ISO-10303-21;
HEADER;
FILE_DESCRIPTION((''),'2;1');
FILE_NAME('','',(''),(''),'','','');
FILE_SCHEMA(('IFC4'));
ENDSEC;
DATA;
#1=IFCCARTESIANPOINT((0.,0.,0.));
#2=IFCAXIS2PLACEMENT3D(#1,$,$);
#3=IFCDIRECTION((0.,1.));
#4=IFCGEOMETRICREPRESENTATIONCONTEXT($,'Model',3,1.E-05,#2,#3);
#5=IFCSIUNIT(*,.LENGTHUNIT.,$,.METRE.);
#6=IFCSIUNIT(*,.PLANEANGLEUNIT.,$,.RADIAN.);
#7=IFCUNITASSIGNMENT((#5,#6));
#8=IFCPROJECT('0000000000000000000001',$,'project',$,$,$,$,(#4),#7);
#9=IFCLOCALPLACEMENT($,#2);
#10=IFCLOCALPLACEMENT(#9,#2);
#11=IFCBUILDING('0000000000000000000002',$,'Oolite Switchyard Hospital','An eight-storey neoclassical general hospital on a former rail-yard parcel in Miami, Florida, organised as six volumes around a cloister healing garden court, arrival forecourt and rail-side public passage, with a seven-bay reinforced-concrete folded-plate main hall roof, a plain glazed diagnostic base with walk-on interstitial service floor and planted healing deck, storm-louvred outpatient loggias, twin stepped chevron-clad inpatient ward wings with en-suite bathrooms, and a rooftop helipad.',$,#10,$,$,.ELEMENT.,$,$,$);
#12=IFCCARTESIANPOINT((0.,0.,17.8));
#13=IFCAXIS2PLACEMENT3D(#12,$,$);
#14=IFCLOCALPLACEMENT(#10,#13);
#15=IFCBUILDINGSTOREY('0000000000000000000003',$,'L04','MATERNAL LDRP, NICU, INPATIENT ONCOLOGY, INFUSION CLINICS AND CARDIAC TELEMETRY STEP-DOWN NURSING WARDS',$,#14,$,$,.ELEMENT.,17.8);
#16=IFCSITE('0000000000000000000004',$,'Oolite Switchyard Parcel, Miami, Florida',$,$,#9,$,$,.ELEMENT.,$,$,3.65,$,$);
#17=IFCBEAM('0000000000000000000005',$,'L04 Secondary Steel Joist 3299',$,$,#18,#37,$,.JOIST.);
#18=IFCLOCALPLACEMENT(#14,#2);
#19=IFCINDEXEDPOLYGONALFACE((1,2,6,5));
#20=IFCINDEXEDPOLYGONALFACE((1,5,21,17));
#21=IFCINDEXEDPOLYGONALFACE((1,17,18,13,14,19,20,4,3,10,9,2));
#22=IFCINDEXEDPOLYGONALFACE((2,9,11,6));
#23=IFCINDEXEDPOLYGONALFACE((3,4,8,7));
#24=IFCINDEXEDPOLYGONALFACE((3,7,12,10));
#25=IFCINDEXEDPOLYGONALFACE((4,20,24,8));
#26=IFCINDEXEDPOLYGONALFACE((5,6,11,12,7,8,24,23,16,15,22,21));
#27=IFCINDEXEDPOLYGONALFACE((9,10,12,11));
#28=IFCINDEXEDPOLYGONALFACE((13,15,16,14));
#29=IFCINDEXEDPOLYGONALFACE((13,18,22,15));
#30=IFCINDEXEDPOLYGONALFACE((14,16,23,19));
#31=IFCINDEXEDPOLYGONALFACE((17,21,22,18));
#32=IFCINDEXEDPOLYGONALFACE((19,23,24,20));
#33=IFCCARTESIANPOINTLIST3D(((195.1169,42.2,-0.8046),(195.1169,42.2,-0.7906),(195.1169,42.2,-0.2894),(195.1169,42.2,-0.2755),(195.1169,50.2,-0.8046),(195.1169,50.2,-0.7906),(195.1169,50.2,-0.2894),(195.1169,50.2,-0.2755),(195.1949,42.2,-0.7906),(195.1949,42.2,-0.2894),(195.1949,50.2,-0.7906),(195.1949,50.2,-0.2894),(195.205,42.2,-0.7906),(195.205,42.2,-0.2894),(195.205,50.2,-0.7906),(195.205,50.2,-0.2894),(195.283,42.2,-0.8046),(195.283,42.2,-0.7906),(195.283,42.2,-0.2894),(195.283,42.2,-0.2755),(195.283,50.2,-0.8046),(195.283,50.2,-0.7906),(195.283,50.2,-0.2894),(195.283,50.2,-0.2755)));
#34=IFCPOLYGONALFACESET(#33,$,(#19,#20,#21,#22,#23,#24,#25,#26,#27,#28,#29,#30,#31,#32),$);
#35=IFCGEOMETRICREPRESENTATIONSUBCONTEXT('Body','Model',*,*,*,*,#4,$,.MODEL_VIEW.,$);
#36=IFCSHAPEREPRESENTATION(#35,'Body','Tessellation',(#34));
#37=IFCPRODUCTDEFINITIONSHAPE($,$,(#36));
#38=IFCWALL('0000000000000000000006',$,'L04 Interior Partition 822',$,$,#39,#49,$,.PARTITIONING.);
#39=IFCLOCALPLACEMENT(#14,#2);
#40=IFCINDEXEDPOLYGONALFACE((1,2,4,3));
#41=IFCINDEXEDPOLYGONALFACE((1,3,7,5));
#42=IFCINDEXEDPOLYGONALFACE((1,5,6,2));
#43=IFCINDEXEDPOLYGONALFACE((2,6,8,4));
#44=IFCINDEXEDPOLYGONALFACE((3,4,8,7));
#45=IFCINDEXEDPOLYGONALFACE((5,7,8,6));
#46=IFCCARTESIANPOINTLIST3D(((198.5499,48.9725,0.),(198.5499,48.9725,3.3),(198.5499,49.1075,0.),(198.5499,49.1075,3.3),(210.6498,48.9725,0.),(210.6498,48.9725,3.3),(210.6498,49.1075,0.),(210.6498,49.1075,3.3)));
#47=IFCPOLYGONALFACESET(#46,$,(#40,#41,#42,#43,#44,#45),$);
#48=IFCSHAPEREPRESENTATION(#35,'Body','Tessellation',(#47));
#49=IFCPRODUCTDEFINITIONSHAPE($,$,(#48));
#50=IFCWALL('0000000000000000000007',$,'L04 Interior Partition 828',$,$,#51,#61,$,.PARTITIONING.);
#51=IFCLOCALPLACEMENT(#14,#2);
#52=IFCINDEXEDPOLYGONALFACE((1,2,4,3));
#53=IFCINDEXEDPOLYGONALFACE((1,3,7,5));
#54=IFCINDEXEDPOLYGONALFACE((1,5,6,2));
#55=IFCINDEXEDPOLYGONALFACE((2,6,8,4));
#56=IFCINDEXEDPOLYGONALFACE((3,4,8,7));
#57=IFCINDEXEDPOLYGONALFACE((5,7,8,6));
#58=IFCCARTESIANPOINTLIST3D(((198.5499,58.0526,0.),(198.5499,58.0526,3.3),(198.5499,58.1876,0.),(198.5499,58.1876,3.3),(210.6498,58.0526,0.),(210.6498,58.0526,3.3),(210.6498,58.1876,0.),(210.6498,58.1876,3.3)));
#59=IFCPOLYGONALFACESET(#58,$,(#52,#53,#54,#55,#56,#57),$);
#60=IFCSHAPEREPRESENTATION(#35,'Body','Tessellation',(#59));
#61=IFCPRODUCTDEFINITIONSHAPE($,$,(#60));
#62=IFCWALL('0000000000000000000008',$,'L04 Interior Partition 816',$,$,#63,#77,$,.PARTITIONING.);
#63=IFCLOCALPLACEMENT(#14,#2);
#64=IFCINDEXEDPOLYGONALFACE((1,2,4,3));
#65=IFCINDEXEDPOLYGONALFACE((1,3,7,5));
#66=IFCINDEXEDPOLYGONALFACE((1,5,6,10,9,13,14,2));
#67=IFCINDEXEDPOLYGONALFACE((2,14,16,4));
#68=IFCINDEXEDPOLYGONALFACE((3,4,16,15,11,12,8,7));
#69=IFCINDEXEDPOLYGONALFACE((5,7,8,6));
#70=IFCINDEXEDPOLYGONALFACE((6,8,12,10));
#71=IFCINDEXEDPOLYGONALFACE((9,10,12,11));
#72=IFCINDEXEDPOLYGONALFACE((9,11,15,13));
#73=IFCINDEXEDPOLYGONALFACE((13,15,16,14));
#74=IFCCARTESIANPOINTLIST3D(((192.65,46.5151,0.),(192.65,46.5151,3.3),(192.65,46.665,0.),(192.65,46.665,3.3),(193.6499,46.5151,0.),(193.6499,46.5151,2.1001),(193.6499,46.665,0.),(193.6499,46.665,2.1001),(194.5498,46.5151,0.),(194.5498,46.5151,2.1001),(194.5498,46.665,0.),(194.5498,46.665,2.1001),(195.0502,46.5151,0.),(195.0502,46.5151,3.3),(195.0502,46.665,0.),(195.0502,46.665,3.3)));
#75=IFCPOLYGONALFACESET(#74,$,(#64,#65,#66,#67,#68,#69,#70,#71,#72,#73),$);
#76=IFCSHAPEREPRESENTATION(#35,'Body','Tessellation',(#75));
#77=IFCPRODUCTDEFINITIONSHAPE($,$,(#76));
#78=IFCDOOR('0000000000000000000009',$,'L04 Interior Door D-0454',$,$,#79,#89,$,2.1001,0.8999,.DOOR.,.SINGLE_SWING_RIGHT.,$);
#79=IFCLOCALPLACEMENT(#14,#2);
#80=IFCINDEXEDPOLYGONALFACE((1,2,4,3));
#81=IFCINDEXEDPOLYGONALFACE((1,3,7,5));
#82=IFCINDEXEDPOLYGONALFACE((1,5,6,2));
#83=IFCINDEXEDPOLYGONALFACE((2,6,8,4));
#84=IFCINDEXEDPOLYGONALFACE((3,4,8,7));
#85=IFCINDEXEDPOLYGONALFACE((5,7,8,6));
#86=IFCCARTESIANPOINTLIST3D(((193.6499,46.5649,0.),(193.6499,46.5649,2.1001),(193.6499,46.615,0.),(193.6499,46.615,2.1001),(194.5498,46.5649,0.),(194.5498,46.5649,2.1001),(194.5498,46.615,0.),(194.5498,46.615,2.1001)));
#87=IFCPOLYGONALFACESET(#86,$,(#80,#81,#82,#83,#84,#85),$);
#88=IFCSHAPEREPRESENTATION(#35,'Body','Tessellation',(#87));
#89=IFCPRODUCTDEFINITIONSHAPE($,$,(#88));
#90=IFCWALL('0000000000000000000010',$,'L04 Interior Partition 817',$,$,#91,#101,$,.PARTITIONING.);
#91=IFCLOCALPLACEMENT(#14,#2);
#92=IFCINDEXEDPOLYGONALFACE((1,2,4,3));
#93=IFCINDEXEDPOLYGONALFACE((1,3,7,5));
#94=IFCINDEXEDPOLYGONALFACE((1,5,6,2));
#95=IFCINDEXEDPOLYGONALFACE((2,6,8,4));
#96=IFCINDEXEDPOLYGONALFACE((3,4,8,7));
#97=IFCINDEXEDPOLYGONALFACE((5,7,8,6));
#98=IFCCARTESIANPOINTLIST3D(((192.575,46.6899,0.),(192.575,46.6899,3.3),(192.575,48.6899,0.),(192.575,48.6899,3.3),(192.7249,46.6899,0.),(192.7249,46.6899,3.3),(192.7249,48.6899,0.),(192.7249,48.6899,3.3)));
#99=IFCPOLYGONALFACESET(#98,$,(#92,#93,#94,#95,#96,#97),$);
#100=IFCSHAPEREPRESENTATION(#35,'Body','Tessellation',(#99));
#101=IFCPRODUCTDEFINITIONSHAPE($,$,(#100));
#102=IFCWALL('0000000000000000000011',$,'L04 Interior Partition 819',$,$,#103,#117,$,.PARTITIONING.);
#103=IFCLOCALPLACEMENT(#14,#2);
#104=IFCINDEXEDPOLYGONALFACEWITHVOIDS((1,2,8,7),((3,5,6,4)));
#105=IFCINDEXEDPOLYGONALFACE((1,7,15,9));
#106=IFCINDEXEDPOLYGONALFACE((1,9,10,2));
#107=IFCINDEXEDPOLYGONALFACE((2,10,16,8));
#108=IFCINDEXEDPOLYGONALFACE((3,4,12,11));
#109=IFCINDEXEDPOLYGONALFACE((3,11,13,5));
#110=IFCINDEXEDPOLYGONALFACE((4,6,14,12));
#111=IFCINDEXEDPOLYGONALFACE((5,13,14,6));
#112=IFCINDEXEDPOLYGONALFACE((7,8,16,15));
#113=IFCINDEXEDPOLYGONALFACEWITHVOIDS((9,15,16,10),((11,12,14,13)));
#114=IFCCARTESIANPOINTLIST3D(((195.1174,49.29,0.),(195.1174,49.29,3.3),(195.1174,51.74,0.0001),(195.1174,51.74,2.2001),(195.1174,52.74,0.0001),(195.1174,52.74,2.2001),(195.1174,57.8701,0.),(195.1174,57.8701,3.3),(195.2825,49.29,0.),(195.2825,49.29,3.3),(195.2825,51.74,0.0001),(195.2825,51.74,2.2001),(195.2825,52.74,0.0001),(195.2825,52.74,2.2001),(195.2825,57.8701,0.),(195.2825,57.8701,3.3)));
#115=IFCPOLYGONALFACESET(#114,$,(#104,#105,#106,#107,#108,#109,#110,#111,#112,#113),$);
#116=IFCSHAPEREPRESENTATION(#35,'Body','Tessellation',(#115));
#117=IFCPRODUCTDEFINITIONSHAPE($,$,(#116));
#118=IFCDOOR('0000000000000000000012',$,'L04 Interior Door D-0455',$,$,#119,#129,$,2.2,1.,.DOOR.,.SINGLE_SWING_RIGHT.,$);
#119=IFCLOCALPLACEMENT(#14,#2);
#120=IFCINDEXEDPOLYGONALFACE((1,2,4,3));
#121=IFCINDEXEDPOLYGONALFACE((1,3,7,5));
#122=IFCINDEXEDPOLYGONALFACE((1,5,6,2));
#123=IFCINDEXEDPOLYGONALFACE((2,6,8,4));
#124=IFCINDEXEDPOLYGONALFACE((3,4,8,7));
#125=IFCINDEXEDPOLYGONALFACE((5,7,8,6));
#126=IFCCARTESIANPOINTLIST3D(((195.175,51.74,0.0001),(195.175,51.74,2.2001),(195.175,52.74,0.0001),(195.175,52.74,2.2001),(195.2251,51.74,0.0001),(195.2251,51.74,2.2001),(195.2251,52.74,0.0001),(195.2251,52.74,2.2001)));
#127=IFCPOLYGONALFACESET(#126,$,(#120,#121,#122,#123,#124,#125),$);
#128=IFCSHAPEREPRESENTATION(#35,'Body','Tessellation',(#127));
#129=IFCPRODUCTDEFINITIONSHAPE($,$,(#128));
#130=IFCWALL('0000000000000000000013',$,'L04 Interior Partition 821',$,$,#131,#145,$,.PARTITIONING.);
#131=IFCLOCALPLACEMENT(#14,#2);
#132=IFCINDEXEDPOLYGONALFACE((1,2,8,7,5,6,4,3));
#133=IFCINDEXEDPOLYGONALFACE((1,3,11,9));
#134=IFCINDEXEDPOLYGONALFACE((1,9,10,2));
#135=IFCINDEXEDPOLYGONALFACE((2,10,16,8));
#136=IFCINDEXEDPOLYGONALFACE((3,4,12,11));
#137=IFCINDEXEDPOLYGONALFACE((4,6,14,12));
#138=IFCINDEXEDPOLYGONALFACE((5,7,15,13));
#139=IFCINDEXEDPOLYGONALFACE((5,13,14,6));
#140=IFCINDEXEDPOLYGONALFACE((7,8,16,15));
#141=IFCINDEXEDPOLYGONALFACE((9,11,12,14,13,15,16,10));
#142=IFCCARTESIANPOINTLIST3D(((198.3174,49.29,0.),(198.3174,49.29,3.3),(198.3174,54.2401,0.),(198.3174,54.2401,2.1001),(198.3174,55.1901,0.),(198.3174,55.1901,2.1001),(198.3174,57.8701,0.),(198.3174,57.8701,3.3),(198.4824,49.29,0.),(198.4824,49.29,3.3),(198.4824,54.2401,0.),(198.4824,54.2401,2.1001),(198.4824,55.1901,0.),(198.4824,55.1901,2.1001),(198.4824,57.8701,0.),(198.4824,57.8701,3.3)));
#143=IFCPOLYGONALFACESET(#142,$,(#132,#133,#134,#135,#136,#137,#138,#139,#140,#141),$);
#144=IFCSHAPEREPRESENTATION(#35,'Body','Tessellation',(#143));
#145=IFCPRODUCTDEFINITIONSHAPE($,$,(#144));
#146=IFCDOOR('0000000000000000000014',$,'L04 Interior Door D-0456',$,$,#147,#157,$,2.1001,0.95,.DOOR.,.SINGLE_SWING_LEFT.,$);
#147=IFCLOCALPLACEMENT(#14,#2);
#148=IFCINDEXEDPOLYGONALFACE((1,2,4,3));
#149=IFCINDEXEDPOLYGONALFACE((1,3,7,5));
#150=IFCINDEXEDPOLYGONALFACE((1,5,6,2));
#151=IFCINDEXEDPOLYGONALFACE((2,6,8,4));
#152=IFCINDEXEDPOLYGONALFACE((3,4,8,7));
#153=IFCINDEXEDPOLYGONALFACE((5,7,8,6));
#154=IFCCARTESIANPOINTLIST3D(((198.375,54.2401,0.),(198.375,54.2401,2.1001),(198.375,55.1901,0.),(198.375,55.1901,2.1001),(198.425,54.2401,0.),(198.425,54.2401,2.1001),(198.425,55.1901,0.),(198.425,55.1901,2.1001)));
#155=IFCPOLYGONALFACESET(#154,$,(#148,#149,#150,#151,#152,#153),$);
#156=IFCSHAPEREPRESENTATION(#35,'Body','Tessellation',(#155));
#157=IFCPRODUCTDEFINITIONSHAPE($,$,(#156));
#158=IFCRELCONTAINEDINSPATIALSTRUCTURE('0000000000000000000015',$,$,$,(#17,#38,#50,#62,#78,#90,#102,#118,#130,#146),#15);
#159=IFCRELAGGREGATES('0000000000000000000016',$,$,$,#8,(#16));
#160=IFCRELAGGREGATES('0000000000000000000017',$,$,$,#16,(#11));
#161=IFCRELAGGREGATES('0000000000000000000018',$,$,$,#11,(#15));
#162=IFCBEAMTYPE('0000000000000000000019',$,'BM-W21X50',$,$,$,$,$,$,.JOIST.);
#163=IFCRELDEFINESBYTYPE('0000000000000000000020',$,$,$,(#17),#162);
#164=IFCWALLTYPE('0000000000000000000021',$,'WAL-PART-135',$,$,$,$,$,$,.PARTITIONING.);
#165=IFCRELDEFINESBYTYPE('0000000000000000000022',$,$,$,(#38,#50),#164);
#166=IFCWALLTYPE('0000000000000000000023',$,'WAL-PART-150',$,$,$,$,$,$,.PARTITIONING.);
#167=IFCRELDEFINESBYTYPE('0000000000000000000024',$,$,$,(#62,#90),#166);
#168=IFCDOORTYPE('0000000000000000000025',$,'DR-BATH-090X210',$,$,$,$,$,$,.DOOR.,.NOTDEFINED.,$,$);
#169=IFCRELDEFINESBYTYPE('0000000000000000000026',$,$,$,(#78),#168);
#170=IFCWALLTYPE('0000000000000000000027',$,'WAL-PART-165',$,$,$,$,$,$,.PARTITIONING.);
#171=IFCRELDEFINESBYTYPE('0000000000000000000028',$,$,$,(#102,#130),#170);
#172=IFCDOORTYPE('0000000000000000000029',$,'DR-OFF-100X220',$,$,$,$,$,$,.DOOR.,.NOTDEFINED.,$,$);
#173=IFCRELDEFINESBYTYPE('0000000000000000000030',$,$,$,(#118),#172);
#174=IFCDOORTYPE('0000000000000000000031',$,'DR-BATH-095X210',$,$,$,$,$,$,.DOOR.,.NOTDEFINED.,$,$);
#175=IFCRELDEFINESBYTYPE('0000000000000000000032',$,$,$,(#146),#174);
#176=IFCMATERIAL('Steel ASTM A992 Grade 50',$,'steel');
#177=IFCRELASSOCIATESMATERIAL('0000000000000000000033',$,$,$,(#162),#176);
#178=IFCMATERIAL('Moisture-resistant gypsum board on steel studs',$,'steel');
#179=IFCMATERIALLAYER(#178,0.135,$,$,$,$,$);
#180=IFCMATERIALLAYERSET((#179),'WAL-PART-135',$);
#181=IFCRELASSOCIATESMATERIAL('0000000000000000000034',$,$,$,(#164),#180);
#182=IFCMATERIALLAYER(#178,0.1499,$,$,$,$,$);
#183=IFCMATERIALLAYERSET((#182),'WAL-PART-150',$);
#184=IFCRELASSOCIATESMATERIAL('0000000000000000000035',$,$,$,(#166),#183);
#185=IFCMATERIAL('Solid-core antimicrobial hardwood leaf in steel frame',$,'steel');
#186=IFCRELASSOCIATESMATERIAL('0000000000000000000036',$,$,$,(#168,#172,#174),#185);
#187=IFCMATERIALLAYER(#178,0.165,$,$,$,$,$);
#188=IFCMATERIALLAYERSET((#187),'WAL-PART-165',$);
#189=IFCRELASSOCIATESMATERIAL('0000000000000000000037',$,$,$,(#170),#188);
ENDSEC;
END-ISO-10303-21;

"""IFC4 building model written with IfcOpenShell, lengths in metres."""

from ifc_helpers import new_model, si_unit, direction, frame, frame_2d, origin, origin_2d, place, context, subcontext, project, spatial, rectangle, i_section, extrude, material, layer, layer_set, material_profile, profile_set, type_object, element, fill, save


model = new_model("IFC4")

# Units and contexts
model_context = context("Model", 3, precision=1e-05, world=origin(), true_north=direction((0.0, 1.0)))
body_context = subcontext(model_context, "Body", "Model", "MODEL_VIEW")
ifc_project = project(units=[si_unit("LENGTHUNIT", "METRE"), si_unit("PLANEANGLEUNIT", "RADIAN")], contexts=[model_context])

# Site, building, storey
site_placement = place(None, origin())
site = spatial("IfcSite", under=ifc_project, at=site_placement, Name="Oolite Switchyard Parcel, Miami, Florida", CompositionType="ELEMENT", RefElevation=3.65)
building_placement = place(site_placement, origin())
building = spatial("IfcBuilding", under=site, at=building_placement, Name="Oolite Switchyard Hospital", Description="An eight-storey neoclassical general hospital on a former rail-yard parcel in Miami, Florida, organised as six volumes around a cloister healing garden court, arrival forecourt and rail-side public passage, with a seven-bay reinforced-concrete folded-plate main hall roof, a plain glazed diagnostic base with walk-on interstitial service floor and planted healing deck, storm-louvred outpatient loggias, twin stepped chevron-clad inpatient ward wings with en-suite bathrooms, and a rooftop helipad.", CompositionType="ELEMENT")
storey_placement = place(building_placement, frame((0.0, 0.0, 17.8)))
storey = spatial("IfcBuildingStorey", under=building, at=storey_placement, Name="L04", Description="MATERNAL LDRP, NICU, INPATIENT ONCOLOGY, INFUSION CLINICS AND CARDIAC TELEMETRY STEP-DOWN NURSING WARDS", CompositionType="ELEMENT", Elevation=17.8)

# Beam
ifc_material_1 = material(Name="Steel ASTM A992 Grade 50", Category="steel")
ifc_material_profile_1 = material_profile(ifc_material_1, i_section(OverallWidth=0.166, OverallDepth=0.5291, WebThickness=0.01, FlangeThickness=0.0139, at=origin_2d()), Name="W21X50")
ifc_profile_set_1 = profile_set([ifc_material_profile_1], Name="Steel ASTM A992 Grade 50")
beam_type_1 = type_object("IfcBeamType", Name="BM-W21X50", PredefinedType="JOIST", material=ifc_profile_set_1)
beam_1_placement = place(storey_placement, frame((195.2, 42.2, -0.54), z_axis=(0.0, 1.0, 0.0), x_axis=(-1.0, 0.0, 0.0)))
element("IfcBeam", 1, at=beam_1_placement, inside=storey, type_object=beam_type_1, Name="L04 Secondary Steel Joist 3299", PredefinedType="JOIST", context=body_context, shape_type="SweptSolid", body=[
    extrude(i_section(OverallWidth=0.166, OverallDepth=0.5291, WebThickness=0.01, FlangeThickness=0.0139, at=origin_2d()), origin(), (0.0, 0.0, 1.0), 8.0),
])

# Walls
ifc_material_2 = material(Name="Moisture-resistant gypsum board on steel studs", Category="steel")
ifc_layer_1 = layer(ifc_material_2, 0.135)
ifc_layer_set_1 = layer_set([ifc_layer_1], Name="WAL-PART-135")
wall_type_1 = type_object("IfcWallType", Name="WAL-PART-135", PredefinedType="PARTITIONING", material=ifc_layer_set_1)
for number, where, z_axis, x_axis, name in (
    (2, (198.55, 49.04, 0.0), (0.0, 0.0, 1.0), (1.0, 0.0, 0.0), "L04 Interior Partition 822"),
    (3, (198.55, 58.1201, 0.0), (0.0, 0.0, 1.0), (1.0, 0.0, 0.0), "L04 Interior Partition 828"),
):
    element("IfcWall", number, at=place(storey_placement, frame(where, z_axis=z_axis, x_axis=x_axis)), inside=storey, type_object=wall_type_1, Name=name, PredefinedType="PARTITIONING", context=body_context, shape_type="SweptSolid", body=[
        extrude(rectangle(XDim=12.0999, YDim=0.135, at=frame_2d((6.0498, 0.0))), origin(), (0.0, 0.0, 1.0), 3.3),
    ])

# Wall, opening, door
ifc_layer_2 = layer(ifc_material_2, 0.1499)
ifc_layer_set_2 = layer_set([ifc_layer_2], Name="WAL-PART-150")
wall_type_2 = type_object("IfcWallType", Name="WAL-PART-150", PredefinedType="PARTITIONING", material=ifc_layer_set_2)
wall_1_placement = place(storey_placement, frame((192.6499, 46.5901, 0.0), z_axis=(0.0, 0.0, 1.0), x_axis=(1.0, 0.0, 0.0)))
wall_1 = element("IfcWall", 4, at=wall_1_placement, inside=storey, type_object=wall_type_2, Name="L04 Interior Partition 816", PredefinedType="PARTITIONING", context=body_context, shape_type="SweptSolid", body=[
    extrude(rectangle(XDim=2.4001, YDim=0.1499, at=frame_2d((1.2002, 0.0))), origin(), (0.0, 0.0, 1.0), 3.3),
])
opening_1_placement = place(wall_1_placement, frame((1.0, 0.0, 0.0)))
opening_1 = element("IfcOpeningElement", 5, at=opening_1_placement, cuts=wall_1, PredefinedType="OPENING", context=body_context, shape_type="SweptSolid", body=[
    extrude(rectangle(XDim=0.8999, YDim=2.1001, at=frame_2d((0.45, 1.05))), frame((0.0, 0.085, 0.0), z_axis=(0.0, -1.0, 0.0), x_axis=(1.0, 0.0, 0.0)), (0.0, 0.0, 1.0), 0.1699),
])
ifc_material_3 = material(Name="Solid-core antimicrobial hardwood leaf in steel frame", Category="steel")
door_type_1 = type_object("IfcDoorType", Name="DR-BATH-090X210", OperationType="NOTDEFINED", PredefinedType="DOOR", material=ifc_material_3)
door_1_placement = place(opening_1_placement, origin())
door_1 = element("IfcDoor", 6, at=door_1_placement, inside=storey, type_object=door_type_1, Name="L04 Interior Door D-0454", OperationType="SINGLE_SWING_RIGHT", OverallHeight=2.1001, OverallWidth=0.8999, PredefinedType="DOOR", context=body_context, shape_type="SweptSolid", body=[
    extrude(rectangle(XDim=0.8999, YDim=2.1001, at=frame_2d((0.45, 1.05))), frame((0.0, 0.0249, 0.0), z_axis=(0.0, -1.0, 0.0), x_axis=(1.0, 0.0, 0.0)), (0.0, 0.0, 1.0), 0.05),
])
fill(opening_1, door_1)

# Wall
wall_2_placement = place(storey_placement, frame((192.6499, 46.6899, 0.0), z_axis=(0.0, 0.0, 1.0), x_axis=(0.0, 1.0, 0.0)))
element("IfcWall", 7, at=wall_2_placement, inside=storey, type_object=wall_type_2, Name="L04 Interior Partition 817", PredefinedType="PARTITIONING", context=body_context, shape_type="SweptSolid", body=[
    extrude(rectangle(XDim=2.0, YDim=0.1499, at=frame_2d((1.0, 0.0))), origin(), (0.0, 0.0, 1.0), 3.3),
])

# Walls, openings, doors
ifc_layer_3 = layer(ifc_material_2, 0.165)
ifc_layer_set_3 = layer_set([ifc_layer_3], Name="WAL-PART-165")
wall_type_3 = type_object("IfcWallType", Name="WAL-PART-165", PredefinedType="PARTITIONING", material=ifc_layer_set_3)
wall_3_placement = place(storey_placement, frame((195.2, 49.29, 0.0), z_axis=(0.0, 0.0, 1.0), x_axis=(0.0, 1.0, 0.0)))
wall_3 = element("IfcWall", 8, at=wall_3_placement, inside=storey, type_object=wall_type_3, Name="L04 Interior Partition 819", PredefinedType="PARTITIONING", context=body_context, shape_type="SweptSolid", body=[
    extrude(rectangle(XDim=8.5801, YDim=0.165, at=frame_2d((4.29, 0.0))), origin(), (0.0, 0.0, 1.0), 3.3),
])
opening_2_placement = place(wall_3_placement, frame((2.45, 0.0, 0.0)))
opening_2 = element("IfcOpeningElement", 9, at=opening_2_placement, cuts=wall_3, PredefinedType="OPENING", context=body_context, shape_type="SweptSolid", body=[
    extrude(rectangle(XDim=1.0, YDim=2.2, at=frame_2d((0.5, 1.1001))), frame((0.0, 0.0925, 0.0), z_axis=(0.0, -1.0, 0.0), x_axis=(1.0, 0.0, 0.0)), (0.0, 0.0, 1.0), 0.1851),
])
door_type_2 = type_object("IfcDoorType", Name="DR-OFF-100X220", OperationType="NOTDEFINED", PredefinedType="DOOR", material=ifc_material_3)
door_2_placement = place(opening_2_placement, origin())
door_2 = element("IfcDoor", 10, at=door_2_placement, inside=storey, type_object=door_type_2, Name="L04 Interior Door D-0455", OperationType="SINGLE_SWING_RIGHT", OverallHeight=2.2, OverallWidth=1.0, PredefinedType="DOOR", context=body_context, shape_type="SweptSolid", body=[
    extrude(rectangle(XDim=1.0, YDim=2.2, at=frame_2d((0.5, 1.1001))), frame((0.0, 0.0249, 0.0), z_axis=(0.0, -1.0, 0.0), x_axis=(1.0, 0.0, 0.0)), (0.0, 0.0, 1.0), 0.05),
])
fill(opening_2, door_2)
wall_4_placement = place(storey_placement, frame((198.3999, 49.29, 0.0), z_axis=(0.0, 0.0, 1.0), x_axis=(0.0, 1.0, 0.0)))
wall_4 = element("IfcWall", 11, at=wall_4_placement, inside=storey, type_object=wall_type_3, Name="L04 Interior Partition 821", PredefinedType="PARTITIONING", context=body_context, shape_type="SweptSolid", body=[
    extrude(rectangle(XDim=8.5801, YDim=0.165, at=frame_2d((4.29, 0.0))), origin(), (0.0, 0.0, 1.0), 3.3),
])
opening_3_placement = place(wall_4_placement, frame((4.95, 0.0, 0.0)))
opening_3 = element("IfcOpeningElement", 12, at=opening_3_placement, cuts=wall_4, PredefinedType="OPENING", context=body_context, shape_type="SweptSolid", body=[
    extrude(rectangle(XDim=0.95, YDim=2.1001, at=frame_2d((0.4751, 1.05))), frame((0.0, 0.0925, 0.0), z_axis=(0.0, -1.0, 0.0), x_axis=(1.0, 0.0, 0.0)), (0.0, 0.0, 1.0), 0.1851),
])
door_type_3 = type_object("IfcDoorType", Name="DR-BATH-095X210", OperationType="NOTDEFINED", PredefinedType="DOOR", material=ifc_material_3)
door_3_placement = place(opening_3_placement, origin())
door_3 = element("IfcDoor", 13, at=door_3_placement, inside=storey, type_object=door_type_3, Name="L04 Interior Door D-0456", OperationType="SINGLE_SWING_LEFT", OverallHeight=2.1001, OverallWidth=0.95, PredefinedType="DOOR", context=body_context, shape_type="SweptSolid", body=[
    extrude(rectangle(XDim=0.95, YDim=2.1001, at=frame_2d((0.4751, 1.05))), frame((0.0, 0.0249, 0.0), z_axis=(0.0, -1.0, 0.0), x_axis=(1.0, 0.0, 0.0)), (0.0, 0.0, 1.0), 0.05),
])
fill(opening_3, door_3)

save(model, "model.ifc")
